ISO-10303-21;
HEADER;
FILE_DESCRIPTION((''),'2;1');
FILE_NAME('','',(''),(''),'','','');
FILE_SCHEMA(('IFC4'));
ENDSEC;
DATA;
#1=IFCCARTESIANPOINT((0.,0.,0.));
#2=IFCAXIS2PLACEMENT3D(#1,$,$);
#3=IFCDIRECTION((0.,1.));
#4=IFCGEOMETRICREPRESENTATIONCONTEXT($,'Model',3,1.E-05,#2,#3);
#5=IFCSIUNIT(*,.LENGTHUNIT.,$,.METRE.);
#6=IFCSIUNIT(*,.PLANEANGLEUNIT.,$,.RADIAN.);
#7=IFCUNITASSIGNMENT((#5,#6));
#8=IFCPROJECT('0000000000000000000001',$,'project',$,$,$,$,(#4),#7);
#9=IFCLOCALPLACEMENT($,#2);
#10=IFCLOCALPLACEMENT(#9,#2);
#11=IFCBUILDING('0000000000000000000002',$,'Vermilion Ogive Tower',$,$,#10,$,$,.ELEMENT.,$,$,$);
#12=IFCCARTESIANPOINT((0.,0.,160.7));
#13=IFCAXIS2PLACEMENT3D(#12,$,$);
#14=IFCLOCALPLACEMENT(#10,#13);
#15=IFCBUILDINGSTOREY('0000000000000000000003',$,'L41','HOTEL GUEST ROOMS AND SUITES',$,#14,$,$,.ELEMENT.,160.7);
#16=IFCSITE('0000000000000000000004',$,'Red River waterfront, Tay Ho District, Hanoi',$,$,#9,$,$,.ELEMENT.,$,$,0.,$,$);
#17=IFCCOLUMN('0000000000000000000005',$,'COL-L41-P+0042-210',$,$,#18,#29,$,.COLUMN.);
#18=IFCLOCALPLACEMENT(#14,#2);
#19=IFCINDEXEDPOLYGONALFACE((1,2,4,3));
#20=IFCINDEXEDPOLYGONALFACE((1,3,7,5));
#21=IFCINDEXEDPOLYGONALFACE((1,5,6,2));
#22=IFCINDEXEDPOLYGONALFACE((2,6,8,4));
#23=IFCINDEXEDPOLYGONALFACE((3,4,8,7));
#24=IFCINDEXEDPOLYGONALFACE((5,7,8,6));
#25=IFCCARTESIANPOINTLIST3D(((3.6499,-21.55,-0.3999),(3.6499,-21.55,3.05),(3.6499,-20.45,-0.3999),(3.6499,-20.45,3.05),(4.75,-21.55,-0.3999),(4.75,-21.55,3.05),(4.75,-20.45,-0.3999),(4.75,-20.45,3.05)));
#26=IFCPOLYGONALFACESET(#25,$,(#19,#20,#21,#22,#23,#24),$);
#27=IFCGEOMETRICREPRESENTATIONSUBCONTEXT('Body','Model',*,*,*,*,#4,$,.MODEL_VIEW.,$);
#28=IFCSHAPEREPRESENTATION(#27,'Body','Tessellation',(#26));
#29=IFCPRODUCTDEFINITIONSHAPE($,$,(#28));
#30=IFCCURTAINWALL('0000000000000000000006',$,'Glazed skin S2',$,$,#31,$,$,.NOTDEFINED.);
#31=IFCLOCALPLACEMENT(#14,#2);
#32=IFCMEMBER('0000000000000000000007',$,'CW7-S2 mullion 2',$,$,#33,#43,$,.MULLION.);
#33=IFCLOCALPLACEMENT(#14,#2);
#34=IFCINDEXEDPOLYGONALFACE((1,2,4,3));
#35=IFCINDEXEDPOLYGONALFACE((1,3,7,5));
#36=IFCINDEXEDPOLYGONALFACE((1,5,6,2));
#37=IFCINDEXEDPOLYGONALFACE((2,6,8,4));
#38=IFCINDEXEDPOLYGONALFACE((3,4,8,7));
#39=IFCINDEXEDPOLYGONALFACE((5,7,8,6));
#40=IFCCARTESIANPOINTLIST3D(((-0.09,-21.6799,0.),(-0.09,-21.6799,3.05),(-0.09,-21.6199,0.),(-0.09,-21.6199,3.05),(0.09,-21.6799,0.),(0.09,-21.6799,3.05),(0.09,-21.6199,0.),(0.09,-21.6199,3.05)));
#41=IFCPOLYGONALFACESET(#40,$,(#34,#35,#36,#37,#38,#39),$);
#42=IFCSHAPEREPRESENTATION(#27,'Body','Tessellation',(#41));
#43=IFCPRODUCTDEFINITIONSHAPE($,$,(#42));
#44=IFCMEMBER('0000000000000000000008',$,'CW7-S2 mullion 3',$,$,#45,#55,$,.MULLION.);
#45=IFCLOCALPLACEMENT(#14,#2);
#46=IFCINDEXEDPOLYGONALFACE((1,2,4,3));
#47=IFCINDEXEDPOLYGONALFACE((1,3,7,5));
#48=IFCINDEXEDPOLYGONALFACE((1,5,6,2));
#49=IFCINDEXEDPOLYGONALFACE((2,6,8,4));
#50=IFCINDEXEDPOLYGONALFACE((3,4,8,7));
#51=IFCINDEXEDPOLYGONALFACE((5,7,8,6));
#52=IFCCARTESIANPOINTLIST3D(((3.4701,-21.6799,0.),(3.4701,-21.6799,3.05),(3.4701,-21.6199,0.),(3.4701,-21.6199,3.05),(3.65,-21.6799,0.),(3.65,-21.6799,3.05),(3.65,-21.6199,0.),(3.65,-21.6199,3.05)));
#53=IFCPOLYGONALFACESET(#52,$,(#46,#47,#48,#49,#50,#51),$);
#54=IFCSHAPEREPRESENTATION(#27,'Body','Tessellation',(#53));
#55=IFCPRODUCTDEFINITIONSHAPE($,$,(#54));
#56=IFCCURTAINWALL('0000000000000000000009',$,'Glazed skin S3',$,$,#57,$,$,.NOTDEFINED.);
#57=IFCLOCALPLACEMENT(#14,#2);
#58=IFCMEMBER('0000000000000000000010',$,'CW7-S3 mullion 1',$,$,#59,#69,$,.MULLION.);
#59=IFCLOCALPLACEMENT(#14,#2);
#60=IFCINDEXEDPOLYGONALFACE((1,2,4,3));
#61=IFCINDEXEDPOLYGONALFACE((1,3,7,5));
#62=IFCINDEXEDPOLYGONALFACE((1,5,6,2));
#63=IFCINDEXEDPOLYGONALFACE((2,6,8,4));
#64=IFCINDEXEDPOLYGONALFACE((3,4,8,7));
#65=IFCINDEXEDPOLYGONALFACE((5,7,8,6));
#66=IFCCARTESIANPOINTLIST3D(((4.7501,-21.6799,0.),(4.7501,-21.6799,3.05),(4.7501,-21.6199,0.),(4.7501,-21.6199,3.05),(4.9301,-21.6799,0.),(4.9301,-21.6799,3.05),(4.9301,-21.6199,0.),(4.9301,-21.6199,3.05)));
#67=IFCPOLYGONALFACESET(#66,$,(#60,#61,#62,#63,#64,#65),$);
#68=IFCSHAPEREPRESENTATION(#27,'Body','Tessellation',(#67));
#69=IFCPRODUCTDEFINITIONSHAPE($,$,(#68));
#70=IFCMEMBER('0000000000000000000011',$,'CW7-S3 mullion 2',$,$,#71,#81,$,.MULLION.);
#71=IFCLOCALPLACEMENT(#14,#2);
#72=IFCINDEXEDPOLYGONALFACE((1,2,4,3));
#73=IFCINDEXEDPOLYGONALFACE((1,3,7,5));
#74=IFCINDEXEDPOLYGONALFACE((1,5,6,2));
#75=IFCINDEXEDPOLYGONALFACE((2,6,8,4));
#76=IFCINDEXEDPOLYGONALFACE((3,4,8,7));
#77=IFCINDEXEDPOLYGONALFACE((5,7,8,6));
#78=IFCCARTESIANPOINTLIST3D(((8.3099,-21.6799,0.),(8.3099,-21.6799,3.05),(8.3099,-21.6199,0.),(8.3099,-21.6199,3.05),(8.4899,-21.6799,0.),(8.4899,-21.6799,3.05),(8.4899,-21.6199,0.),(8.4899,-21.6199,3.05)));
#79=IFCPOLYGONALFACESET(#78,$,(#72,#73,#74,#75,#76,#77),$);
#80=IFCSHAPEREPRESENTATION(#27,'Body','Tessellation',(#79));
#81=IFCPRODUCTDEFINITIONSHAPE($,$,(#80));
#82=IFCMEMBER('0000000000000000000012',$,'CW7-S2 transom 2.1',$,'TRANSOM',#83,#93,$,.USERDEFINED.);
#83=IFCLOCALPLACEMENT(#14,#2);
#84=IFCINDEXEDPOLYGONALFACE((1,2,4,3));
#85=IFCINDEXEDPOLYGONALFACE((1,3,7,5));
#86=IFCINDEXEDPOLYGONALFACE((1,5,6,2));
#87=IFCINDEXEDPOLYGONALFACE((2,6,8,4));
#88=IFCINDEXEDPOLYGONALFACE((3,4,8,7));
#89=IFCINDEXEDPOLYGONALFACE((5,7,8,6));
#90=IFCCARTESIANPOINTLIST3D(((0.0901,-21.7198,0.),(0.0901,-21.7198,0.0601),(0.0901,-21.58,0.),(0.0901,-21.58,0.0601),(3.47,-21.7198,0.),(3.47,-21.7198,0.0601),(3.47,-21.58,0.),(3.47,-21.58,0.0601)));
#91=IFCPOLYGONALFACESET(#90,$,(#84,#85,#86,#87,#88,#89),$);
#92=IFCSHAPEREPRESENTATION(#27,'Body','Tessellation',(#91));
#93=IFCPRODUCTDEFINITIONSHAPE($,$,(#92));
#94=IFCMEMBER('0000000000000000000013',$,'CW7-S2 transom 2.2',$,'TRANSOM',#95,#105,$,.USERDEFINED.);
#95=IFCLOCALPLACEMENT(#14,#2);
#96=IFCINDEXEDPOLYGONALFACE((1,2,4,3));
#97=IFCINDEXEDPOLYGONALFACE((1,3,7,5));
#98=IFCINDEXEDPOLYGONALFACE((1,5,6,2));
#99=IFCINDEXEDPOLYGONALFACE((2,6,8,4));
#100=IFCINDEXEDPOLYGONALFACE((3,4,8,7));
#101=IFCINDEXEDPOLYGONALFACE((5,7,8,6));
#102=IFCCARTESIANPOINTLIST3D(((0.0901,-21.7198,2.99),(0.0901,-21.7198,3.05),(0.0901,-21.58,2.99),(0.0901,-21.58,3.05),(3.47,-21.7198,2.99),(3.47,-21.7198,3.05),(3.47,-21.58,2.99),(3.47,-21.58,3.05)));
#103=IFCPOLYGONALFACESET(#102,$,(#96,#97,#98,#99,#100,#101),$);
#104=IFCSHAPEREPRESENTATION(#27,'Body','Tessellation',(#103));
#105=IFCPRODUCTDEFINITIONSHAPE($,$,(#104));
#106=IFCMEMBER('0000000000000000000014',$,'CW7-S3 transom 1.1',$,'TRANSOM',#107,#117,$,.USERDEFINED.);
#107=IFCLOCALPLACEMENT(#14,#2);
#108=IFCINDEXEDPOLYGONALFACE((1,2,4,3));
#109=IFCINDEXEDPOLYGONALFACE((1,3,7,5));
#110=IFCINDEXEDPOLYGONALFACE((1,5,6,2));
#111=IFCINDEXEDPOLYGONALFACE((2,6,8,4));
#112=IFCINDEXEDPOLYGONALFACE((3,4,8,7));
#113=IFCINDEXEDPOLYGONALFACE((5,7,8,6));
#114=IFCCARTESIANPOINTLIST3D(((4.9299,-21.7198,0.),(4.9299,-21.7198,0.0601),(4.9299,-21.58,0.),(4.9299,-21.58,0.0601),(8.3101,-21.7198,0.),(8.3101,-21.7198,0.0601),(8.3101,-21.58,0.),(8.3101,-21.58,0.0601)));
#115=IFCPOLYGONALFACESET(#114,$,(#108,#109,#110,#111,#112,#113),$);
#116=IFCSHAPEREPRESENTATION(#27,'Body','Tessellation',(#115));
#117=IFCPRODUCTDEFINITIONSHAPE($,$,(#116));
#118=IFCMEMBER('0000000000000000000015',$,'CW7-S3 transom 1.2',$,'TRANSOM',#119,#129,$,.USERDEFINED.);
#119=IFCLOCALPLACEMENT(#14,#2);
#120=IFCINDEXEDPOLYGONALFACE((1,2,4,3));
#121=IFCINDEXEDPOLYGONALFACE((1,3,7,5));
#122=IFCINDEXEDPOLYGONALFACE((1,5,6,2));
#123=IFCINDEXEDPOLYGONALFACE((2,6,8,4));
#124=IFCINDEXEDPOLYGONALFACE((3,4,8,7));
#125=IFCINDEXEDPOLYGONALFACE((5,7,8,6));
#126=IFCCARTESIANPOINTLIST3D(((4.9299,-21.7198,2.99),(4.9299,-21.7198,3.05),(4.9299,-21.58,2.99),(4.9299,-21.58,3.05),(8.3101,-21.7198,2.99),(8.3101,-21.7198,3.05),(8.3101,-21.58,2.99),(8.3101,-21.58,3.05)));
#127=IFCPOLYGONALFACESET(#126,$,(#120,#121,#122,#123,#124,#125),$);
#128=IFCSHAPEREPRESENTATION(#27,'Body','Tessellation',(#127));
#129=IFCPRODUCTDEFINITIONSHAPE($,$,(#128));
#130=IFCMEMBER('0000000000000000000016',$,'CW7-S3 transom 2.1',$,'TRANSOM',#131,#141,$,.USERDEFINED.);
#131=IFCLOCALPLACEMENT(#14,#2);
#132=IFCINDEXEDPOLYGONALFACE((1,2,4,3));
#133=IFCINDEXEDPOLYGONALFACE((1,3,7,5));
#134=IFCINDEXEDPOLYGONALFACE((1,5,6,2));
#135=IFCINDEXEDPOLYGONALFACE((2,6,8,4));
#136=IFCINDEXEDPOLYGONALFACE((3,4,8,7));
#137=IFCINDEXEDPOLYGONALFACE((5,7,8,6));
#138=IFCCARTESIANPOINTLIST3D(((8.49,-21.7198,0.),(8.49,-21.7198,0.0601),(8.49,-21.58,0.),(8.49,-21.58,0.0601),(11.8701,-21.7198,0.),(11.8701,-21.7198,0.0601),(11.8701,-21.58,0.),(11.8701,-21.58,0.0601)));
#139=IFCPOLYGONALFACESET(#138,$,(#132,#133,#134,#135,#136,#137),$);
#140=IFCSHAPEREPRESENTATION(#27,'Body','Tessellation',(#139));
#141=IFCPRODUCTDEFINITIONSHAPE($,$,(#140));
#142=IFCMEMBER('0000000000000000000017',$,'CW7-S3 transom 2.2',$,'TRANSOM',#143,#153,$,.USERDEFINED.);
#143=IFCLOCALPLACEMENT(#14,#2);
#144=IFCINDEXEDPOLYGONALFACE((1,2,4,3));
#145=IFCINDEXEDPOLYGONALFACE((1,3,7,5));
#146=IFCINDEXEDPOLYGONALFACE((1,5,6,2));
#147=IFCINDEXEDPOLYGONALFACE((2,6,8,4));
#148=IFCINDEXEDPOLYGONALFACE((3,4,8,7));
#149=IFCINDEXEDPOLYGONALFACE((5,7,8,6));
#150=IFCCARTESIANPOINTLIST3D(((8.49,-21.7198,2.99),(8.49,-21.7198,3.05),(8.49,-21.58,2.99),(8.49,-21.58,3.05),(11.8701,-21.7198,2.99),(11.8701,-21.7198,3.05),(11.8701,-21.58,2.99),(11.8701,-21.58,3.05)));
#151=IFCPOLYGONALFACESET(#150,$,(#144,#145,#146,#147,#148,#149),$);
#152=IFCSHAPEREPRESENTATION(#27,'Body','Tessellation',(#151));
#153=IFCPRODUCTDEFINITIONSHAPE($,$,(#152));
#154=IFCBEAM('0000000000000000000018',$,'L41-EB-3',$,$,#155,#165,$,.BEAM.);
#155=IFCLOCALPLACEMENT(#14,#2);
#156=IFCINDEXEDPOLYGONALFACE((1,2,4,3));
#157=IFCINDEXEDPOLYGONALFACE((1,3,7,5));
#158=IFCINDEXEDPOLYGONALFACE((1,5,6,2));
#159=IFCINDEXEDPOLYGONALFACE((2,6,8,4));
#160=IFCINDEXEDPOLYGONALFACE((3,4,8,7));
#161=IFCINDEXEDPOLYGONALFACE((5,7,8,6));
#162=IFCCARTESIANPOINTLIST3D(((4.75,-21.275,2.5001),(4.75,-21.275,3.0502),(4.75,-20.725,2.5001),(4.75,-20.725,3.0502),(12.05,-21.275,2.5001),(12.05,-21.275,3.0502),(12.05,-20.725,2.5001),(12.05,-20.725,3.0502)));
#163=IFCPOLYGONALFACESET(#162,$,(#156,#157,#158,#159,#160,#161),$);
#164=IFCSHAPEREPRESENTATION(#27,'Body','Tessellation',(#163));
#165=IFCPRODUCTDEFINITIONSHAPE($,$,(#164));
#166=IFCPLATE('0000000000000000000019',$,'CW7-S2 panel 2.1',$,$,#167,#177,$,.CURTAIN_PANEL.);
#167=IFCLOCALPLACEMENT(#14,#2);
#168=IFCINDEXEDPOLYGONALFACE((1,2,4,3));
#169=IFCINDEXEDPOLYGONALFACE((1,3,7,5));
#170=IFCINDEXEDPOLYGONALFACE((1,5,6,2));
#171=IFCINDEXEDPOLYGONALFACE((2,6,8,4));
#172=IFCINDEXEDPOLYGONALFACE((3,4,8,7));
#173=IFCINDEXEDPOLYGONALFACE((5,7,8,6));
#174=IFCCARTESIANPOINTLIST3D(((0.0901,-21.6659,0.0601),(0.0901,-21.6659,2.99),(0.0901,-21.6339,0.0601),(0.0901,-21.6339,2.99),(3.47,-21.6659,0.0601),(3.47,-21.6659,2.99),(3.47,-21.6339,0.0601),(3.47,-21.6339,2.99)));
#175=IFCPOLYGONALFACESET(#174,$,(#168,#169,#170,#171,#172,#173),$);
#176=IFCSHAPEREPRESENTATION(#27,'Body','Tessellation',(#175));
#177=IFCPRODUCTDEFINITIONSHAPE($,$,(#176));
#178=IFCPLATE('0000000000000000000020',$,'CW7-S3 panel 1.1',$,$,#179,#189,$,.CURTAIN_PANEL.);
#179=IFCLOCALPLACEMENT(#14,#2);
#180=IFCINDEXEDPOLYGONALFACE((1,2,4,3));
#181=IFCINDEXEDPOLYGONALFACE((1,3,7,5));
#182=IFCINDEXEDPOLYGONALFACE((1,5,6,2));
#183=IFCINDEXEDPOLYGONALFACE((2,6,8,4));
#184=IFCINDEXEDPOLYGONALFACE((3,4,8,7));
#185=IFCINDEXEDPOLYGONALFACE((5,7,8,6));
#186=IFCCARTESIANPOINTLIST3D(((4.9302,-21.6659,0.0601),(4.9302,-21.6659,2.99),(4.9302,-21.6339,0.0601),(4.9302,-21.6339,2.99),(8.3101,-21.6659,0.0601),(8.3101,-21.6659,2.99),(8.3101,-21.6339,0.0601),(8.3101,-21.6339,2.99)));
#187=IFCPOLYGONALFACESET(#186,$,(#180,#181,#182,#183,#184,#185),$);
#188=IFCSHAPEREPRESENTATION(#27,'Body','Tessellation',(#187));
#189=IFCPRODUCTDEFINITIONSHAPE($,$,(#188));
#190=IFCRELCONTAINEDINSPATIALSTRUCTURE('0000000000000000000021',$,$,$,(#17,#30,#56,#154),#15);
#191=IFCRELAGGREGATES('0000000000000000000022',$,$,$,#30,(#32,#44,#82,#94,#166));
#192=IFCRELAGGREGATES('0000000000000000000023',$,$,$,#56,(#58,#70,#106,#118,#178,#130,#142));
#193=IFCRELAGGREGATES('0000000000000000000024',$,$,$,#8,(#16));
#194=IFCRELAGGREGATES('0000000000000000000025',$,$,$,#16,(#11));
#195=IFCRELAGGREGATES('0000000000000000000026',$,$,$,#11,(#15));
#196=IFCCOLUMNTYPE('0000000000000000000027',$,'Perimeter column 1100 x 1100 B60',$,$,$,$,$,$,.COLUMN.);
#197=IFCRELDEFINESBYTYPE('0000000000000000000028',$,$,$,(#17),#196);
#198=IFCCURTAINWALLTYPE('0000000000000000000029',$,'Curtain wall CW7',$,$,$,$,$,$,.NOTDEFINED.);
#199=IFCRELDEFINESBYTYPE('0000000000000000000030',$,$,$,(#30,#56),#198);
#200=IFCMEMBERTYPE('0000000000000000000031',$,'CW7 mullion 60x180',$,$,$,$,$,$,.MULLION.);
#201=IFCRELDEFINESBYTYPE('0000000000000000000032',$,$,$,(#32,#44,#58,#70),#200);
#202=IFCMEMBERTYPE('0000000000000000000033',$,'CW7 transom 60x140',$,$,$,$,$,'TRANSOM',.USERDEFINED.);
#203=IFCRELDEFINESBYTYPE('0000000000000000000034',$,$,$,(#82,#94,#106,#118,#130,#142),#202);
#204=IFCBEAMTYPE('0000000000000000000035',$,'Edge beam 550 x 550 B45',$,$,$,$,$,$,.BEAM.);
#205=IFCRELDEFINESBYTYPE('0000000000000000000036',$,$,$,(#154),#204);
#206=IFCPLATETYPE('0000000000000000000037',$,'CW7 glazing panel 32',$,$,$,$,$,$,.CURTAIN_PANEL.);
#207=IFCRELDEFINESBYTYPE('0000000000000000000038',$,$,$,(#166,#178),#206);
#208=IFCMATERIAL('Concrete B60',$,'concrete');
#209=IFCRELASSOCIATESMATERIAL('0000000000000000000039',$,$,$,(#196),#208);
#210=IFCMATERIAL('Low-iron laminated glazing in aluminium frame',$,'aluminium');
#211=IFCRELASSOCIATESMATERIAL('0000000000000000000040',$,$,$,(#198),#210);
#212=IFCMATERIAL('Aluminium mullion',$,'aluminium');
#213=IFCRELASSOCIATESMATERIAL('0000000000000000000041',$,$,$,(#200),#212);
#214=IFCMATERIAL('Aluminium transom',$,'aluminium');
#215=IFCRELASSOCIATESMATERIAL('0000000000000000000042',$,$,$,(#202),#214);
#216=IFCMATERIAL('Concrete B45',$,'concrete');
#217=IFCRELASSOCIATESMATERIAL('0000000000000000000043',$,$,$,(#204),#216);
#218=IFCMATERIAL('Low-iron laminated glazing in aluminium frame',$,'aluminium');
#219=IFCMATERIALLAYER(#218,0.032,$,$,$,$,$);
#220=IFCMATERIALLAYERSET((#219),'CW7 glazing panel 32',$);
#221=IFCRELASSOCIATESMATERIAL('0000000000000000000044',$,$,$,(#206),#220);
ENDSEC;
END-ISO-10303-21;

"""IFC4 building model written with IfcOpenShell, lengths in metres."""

from ifc_helpers import new_model, si_unit, direction, frame, origin, origin_2d, place, context, subcontext, project, spatial, rectangle, extrude, material, layer, layer_set, material_profile, profile_set, type_object, element, aggregate, save


model = new_model("IFC4")

# Units and contexts
model_context = context("Model", 3, precision=1e-05, world=origin(), true_north=direction((0.0, 1.0)))
body_context = subcontext(model_context, "Body", "Model", "MODEL_VIEW")
ifc_project = project(units=[si_unit("LENGTHUNIT", "METRE"), si_unit("PLANEANGLEUNIT", "RADIAN")], contexts=[model_context])

# Site, building, storey
site_placement = place(None, origin())
site = spatial("IfcSite", under=ifc_project, at=site_placement, Name="Red River waterfront, Tay Ho District, Hanoi", CompositionType="ELEMENT", RefElevation=0.0)
building_placement = place(site_placement, origin())
building = spatial("IfcBuilding", under=site, at=building_placement, Name="Vermilion Ogive Tower", CompositionType="ELEMENT")
storey_placement = place(building_placement, frame((0.0, 0.0, 160.7)))
storey = spatial("IfcBuildingStorey", under=building, at=storey_placement, Name="L41", Description="HOTEL GUEST ROOMS AND SUITES", CompositionType="ELEMENT", Elevation=160.7)

# Column
ifc_material_1 = material(Name="Concrete B60", Category="concrete")
ifc_material_profile_1 = material_profile(ifc_material_1, rectangle(XDim=1.1001, YDim=1.1001, at=origin_2d()), Name="1100 x 1100")
ifc_profile_set_1 = profile_set([ifc_material_profile_1], Name="Concrete B60")
column_type = type_object("IfcColumnType", Name="Perimeter column 1100 x 1100 B60", PredefinedType="COLUMN", material=ifc_profile_set_1)
column_placement = place(storey_placement, frame((4.2, -21.0, -0.3999), z_axis=(0.0, 0.0, 1.0), x_axis=(1.0, 0.0, 0.0)))
element("IfcColumn", 1, at=column_placement, inside=storey, type_object=column_type, Name="COL-L41-P+0042-210", PredefinedType="COLUMN", context=body_context, shape_type="SweptSolid", body=[
    extrude(rectangle(XDim=1.1001, YDim=1.1001, at=origin_2d()), origin(), (0.0, 0.0, 1.0), 3.45),
])

# Curtain walls, members
ifc_material_2 = material(Name="Low-iron laminated glazing in aluminium frame", Category="aluminium")
curtain_wall_type = type_object("IfcCurtainWallType", Name="Curtain wall CW7", PredefinedType="NOTDEFINED", material=ifc_material_2)
curtain_wall_1_placement = place(storey_placement, origin())
curtain_wall_1 = element("IfcCurtainWall", 2, at=curtain_wall_1_placement, inside=storey, type_object=curtain_wall_type, Name="Glazed skin S2", PredefinedType="NOTDEFINED")
ifc_material_3 = material(Name="Aluminium mullion", Category="aluminium")
ifc_material_profile_2 = material_profile(ifc_material_3, rectangle(XDim=0.0601, YDim=0.1799, at=origin_2d()), Name="AL 60x180")
ifc_profile_set_2 = profile_set([ifc_material_profile_2], Name="Aluminium mullion")
member_type_1 = type_object("IfcMemberType", Name="CW7 mullion 60x180", PredefinedType="MULLION", material=ifc_profile_set_2)
member_1_placement = place(storey_placement, frame((0.0, -21.6499, 0.0), z_axis=(0.0, 0.0, 1.0), x_axis=(0.0, 1.0, 0.0)))
member_1 = element("IfcMember", 3, at=member_1_placement, type_object=member_type_1, Name="CW7-S2 mullion 2", PredefinedType="MULLION", context=body_context, shape_type="SweptSolid", body=[
    extrude(rectangle(XDim=0.0601, YDim=0.1799, at=origin_2d()), origin(), (0.0, 0.0, 1.0), 3.05),
])
member_2_placement = place(storey_placement, frame((3.5601, -21.6499, 0.0), z_axis=(0.0, 0.0, 1.0), x_axis=(0.0, 1.0, 0.0)))
member_2 = element("IfcMember", 4, at=member_2_placement, type_object=member_type_1, Name="CW7-S2 mullion 3", PredefinedType="MULLION", context=body_context, shape_type="SweptSolid", body=[
    extrude(rectangle(XDim=0.0601, YDim=0.1799, at=origin_2d()), origin(), (0.0, 0.0, 1.0), 3.05),
])
curtain_wall_2_placement = place(storey_placement, origin())
curtain_wall_2 = element("IfcCurtainWall", 5, at=curtain_wall_2_placement, inside=storey, type_object=curtain_wall_type, Name="Glazed skin S3", PredefinedType="NOTDEFINED")
member_3_placement = place(storey_placement, frame((4.8401, -21.6499, 0.0), z_axis=(0.0, 0.0, 1.0), x_axis=(0.0, 1.0, 0.0)))
member_3 = element("IfcMember", 6, at=member_3_placement, type_object=member_type_1, Name="CW7-S3 mullion 1", PredefinedType="MULLION", context=body_context, shape_type="SweptSolid", body=[
    extrude(rectangle(XDim=0.0601, YDim=0.1799, at=origin_2d()), origin(), (0.0, 0.0, 1.0), 3.05),
])
member_4_placement = place(storey_placement, frame((8.3999, -21.6499, 0.0), z_axis=(0.0, 0.0, 1.0), x_axis=(0.0, 1.0, 0.0)))
member_4 = element("IfcMember", 7, at=member_4_placement, type_object=member_type_1, Name="CW7-S3 mullion 2", PredefinedType="MULLION", context=body_context, shape_type="SweptSolid", body=[
    extrude(rectangle(XDim=0.0601, YDim=0.1799, at=origin_2d()), origin(), (0.0, 0.0, 1.0), 3.05),
])

# Members
ifc_material_4 = material(Name="Aluminium transom", Category="aluminium")
ifc_material_profile_3 = material_profile(ifc_material_4, rectangle(XDim=0.1399, YDim=0.0601, at=origin_2d()), Name="AL 60x140")
ifc_profile_set_3 = profile_set([ifc_material_profile_3], Name="Aluminium transom")
member_type_2 = type_object("IfcMemberType", Name="CW7 transom 60x140", ElementType="TRANSOM", PredefinedType="USERDEFINED", material=ifc_profile_set_3)
member_5_placement = place(storey_placement, frame((0.0901, -21.6499, 0.03), z_axis=(1.0, 0.0, 0.0), x_axis=(0.0, 1.0, 0.0)))
member_5 = element("IfcMember", 8, at=member_5_placement, type_object=member_type_2, Name="CW7-S2 transom 2.1", ObjectType="TRANSOM", PredefinedType="USERDEFINED", context=body_context, shape_type="SweptSolid", body=[
    extrude(rectangle(XDim=0.1399, YDim=0.0601, at=origin_2d()), origin(), (0.0, 0.0, 1.0), 3.3799),
])
member_6_placement = place(storey_placement, frame((0.0901, -21.6499, 3.02), z_axis=(1.0, 0.0, 0.0), x_axis=(0.0, 1.0, 0.0)))
member_6 = element("IfcMember", 9, at=member_6_placement, type_object=member_type_2, Name="CW7-S2 transom 2.2", ObjectType="TRANSOM", PredefinedType="USERDEFINED", context=body_context, shape_type="SweptSolid", body=[
    extrude(rectangle(XDim=0.1399, YDim=0.0601, at=origin_2d()), origin(), (0.0, 0.0, 1.0), 3.3799),
])
member_7_placement = place(storey_placement, frame((4.9299, -21.6499, 0.03), z_axis=(1.0, 0.0, 0.0), x_axis=(0.0, 1.0, 0.0)))
member_7 = element("IfcMember", 10, at=member_7_placement, type_object=member_type_2, Name="CW7-S3 transom 1.1", ObjectType="TRANSOM", PredefinedType="USERDEFINED", context=body_context, shape_type="SweptSolid", body=[
    extrude(rectangle(XDim=0.1399, YDim=0.0601, at=origin_2d()), origin(), (0.0, 0.0, 1.0), 3.3801),
])
member_8_placement = place(storey_placement, frame((4.9299, -21.6499, 3.02), z_axis=(1.0, 0.0, 0.0), x_axis=(0.0, 1.0, 0.0)))
member_8 = element("IfcMember", 11, at=member_8_placement, type_object=member_type_2, Name="CW7-S3 transom 1.2", ObjectType="TRANSOM", PredefinedType="USERDEFINED", context=body_context, shape_type="SweptSolid", body=[
    extrude(rectangle(XDim=0.1399, YDim=0.0601, at=origin_2d()), origin(), (0.0, 0.0, 1.0), 3.3801),
])
member_9_placement = place(storey_placement, frame((8.49, -21.6499, 0.03), z_axis=(1.0, 0.0, 0.0), x_axis=(0.0, 1.0, 0.0)))
member_9 = element("IfcMember", 12, at=member_9_placement, type_object=member_type_2, Name="CW7-S3 transom 2.1", ObjectType="TRANSOM", PredefinedType="USERDEFINED", context=body_context, shape_type="SweptSolid", body=[
    extrude(rectangle(XDim=0.1399, YDim=0.0601, at=origin_2d()), origin(), (0.0, 0.0, 1.0), 3.3801),
])
member_10_placement = place(storey_placement, frame((8.49, -21.6499, 3.02), z_axis=(1.0, 0.0, 0.0), x_axis=(0.0, 1.0, 0.0)))
member_10 = element("IfcMember", 13, at=member_10_placement, type_object=member_type_2, Name="CW7-S3 transom 2.2", ObjectType="TRANSOM", PredefinedType="USERDEFINED", context=body_context, shape_type="SweptSolid", body=[
    extrude(rectangle(XDim=0.1399, YDim=0.0601, at=origin_2d()), origin(), (0.0, 0.0, 1.0), 3.3801),
])

# Beam
ifc_material_5 = material(Name="Concrete B45", Category="concrete")
ifc_material_profile_4 = material_profile(ifc_material_5, rectangle(XDim=0.55, YDim=0.55, at=origin_2d()), Name="550 x 550")
ifc_profile_set_4 = profile_set([ifc_material_profile_4], Name="Concrete B45")
beam_type = type_object("IfcBeamType", Name="Edge beam 550 x 550 B45", PredefinedType="BEAM", material=ifc_profile_set_4)
beam_placement = place(storey_placement, frame((4.75, -21.0, 2.7751), z_axis=(1.0, 0.0, 0.0), x_axis=(0.0, 1.0, 0.0)))
element("IfcBeam", 14, at=beam_placement, inside=storey, type_object=beam_type, Name="L41-EB-3", PredefinedType="BEAM", context=body_context, shape_type="SweptSolid", body=[
    extrude(rectangle(XDim=0.55, YDim=0.55, at=origin_2d()), origin(), (0.0, 0.0, 1.0), 7.3),
])

# Plates
ifc_material_6 = material(Name="Low-iron laminated glazing in aluminium frame", Category="aluminium")
ifc_layer_1 = layer(ifc_material_6, 0.032)
ifc_layer_set_1 = layer_set([ifc_layer_1], Name="CW7 glazing panel 32")
plate_type = type_object("IfcPlateType", Name="CW7 glazing panel 32", PredefinedType="CURTAIN_PANEL", material=ifc_layer_set_1)
plate_1_placement = place(storey_placement, frame((1.78, -21.6499, 0.0601), z_axis=(0.0, 0.0, 1.0), x_axis=(1.0, 0.0, 0.0)))
plate_1 = element("IfcPlate", 15, at=plate_1_placement, type_object=plate_type, Name="CW7-S2 panel 2.1", PredefinedType="CURTAIN_PANEL", context=body_context, shape_type="SweptSolid", body=[
    extrude(rectangle(XDim=3.3799, YDim=0.032, at=origin_2d()), origin(), (0.0, 0.0, 1.0), 2.9299),
])
aggregate(curtain_wall_1, [member_1, member_2, member_5, member_6, plate_1])
plate_2_placement = place(storey_placement, frame((6.6201, -21.6499, 0.0601), z_axis=(0.0, 0.0, 1.0), x_axis=(1.0, 0.0, 0.0)))
plate_2 = element("IfcPlate", 16, at=plate_2_placement, type_object=plate_type, Name="CW7-S3 panel 1.1", PredefinedType="CURTAIN_PANEL", context=body_context, shape_type="SweptSolid", body=[
    extrude(rectangle(XDim=3.3799, YDim=0.032, at=origin_2d()), origin(), (0.0, 0.0, 1.0), 2.9299),
])
aggregate(curtain_wall_2, [member_3, member_4, member_7, member_8, plate_2, member_9, member_10])

save(model, "model.ifc")
